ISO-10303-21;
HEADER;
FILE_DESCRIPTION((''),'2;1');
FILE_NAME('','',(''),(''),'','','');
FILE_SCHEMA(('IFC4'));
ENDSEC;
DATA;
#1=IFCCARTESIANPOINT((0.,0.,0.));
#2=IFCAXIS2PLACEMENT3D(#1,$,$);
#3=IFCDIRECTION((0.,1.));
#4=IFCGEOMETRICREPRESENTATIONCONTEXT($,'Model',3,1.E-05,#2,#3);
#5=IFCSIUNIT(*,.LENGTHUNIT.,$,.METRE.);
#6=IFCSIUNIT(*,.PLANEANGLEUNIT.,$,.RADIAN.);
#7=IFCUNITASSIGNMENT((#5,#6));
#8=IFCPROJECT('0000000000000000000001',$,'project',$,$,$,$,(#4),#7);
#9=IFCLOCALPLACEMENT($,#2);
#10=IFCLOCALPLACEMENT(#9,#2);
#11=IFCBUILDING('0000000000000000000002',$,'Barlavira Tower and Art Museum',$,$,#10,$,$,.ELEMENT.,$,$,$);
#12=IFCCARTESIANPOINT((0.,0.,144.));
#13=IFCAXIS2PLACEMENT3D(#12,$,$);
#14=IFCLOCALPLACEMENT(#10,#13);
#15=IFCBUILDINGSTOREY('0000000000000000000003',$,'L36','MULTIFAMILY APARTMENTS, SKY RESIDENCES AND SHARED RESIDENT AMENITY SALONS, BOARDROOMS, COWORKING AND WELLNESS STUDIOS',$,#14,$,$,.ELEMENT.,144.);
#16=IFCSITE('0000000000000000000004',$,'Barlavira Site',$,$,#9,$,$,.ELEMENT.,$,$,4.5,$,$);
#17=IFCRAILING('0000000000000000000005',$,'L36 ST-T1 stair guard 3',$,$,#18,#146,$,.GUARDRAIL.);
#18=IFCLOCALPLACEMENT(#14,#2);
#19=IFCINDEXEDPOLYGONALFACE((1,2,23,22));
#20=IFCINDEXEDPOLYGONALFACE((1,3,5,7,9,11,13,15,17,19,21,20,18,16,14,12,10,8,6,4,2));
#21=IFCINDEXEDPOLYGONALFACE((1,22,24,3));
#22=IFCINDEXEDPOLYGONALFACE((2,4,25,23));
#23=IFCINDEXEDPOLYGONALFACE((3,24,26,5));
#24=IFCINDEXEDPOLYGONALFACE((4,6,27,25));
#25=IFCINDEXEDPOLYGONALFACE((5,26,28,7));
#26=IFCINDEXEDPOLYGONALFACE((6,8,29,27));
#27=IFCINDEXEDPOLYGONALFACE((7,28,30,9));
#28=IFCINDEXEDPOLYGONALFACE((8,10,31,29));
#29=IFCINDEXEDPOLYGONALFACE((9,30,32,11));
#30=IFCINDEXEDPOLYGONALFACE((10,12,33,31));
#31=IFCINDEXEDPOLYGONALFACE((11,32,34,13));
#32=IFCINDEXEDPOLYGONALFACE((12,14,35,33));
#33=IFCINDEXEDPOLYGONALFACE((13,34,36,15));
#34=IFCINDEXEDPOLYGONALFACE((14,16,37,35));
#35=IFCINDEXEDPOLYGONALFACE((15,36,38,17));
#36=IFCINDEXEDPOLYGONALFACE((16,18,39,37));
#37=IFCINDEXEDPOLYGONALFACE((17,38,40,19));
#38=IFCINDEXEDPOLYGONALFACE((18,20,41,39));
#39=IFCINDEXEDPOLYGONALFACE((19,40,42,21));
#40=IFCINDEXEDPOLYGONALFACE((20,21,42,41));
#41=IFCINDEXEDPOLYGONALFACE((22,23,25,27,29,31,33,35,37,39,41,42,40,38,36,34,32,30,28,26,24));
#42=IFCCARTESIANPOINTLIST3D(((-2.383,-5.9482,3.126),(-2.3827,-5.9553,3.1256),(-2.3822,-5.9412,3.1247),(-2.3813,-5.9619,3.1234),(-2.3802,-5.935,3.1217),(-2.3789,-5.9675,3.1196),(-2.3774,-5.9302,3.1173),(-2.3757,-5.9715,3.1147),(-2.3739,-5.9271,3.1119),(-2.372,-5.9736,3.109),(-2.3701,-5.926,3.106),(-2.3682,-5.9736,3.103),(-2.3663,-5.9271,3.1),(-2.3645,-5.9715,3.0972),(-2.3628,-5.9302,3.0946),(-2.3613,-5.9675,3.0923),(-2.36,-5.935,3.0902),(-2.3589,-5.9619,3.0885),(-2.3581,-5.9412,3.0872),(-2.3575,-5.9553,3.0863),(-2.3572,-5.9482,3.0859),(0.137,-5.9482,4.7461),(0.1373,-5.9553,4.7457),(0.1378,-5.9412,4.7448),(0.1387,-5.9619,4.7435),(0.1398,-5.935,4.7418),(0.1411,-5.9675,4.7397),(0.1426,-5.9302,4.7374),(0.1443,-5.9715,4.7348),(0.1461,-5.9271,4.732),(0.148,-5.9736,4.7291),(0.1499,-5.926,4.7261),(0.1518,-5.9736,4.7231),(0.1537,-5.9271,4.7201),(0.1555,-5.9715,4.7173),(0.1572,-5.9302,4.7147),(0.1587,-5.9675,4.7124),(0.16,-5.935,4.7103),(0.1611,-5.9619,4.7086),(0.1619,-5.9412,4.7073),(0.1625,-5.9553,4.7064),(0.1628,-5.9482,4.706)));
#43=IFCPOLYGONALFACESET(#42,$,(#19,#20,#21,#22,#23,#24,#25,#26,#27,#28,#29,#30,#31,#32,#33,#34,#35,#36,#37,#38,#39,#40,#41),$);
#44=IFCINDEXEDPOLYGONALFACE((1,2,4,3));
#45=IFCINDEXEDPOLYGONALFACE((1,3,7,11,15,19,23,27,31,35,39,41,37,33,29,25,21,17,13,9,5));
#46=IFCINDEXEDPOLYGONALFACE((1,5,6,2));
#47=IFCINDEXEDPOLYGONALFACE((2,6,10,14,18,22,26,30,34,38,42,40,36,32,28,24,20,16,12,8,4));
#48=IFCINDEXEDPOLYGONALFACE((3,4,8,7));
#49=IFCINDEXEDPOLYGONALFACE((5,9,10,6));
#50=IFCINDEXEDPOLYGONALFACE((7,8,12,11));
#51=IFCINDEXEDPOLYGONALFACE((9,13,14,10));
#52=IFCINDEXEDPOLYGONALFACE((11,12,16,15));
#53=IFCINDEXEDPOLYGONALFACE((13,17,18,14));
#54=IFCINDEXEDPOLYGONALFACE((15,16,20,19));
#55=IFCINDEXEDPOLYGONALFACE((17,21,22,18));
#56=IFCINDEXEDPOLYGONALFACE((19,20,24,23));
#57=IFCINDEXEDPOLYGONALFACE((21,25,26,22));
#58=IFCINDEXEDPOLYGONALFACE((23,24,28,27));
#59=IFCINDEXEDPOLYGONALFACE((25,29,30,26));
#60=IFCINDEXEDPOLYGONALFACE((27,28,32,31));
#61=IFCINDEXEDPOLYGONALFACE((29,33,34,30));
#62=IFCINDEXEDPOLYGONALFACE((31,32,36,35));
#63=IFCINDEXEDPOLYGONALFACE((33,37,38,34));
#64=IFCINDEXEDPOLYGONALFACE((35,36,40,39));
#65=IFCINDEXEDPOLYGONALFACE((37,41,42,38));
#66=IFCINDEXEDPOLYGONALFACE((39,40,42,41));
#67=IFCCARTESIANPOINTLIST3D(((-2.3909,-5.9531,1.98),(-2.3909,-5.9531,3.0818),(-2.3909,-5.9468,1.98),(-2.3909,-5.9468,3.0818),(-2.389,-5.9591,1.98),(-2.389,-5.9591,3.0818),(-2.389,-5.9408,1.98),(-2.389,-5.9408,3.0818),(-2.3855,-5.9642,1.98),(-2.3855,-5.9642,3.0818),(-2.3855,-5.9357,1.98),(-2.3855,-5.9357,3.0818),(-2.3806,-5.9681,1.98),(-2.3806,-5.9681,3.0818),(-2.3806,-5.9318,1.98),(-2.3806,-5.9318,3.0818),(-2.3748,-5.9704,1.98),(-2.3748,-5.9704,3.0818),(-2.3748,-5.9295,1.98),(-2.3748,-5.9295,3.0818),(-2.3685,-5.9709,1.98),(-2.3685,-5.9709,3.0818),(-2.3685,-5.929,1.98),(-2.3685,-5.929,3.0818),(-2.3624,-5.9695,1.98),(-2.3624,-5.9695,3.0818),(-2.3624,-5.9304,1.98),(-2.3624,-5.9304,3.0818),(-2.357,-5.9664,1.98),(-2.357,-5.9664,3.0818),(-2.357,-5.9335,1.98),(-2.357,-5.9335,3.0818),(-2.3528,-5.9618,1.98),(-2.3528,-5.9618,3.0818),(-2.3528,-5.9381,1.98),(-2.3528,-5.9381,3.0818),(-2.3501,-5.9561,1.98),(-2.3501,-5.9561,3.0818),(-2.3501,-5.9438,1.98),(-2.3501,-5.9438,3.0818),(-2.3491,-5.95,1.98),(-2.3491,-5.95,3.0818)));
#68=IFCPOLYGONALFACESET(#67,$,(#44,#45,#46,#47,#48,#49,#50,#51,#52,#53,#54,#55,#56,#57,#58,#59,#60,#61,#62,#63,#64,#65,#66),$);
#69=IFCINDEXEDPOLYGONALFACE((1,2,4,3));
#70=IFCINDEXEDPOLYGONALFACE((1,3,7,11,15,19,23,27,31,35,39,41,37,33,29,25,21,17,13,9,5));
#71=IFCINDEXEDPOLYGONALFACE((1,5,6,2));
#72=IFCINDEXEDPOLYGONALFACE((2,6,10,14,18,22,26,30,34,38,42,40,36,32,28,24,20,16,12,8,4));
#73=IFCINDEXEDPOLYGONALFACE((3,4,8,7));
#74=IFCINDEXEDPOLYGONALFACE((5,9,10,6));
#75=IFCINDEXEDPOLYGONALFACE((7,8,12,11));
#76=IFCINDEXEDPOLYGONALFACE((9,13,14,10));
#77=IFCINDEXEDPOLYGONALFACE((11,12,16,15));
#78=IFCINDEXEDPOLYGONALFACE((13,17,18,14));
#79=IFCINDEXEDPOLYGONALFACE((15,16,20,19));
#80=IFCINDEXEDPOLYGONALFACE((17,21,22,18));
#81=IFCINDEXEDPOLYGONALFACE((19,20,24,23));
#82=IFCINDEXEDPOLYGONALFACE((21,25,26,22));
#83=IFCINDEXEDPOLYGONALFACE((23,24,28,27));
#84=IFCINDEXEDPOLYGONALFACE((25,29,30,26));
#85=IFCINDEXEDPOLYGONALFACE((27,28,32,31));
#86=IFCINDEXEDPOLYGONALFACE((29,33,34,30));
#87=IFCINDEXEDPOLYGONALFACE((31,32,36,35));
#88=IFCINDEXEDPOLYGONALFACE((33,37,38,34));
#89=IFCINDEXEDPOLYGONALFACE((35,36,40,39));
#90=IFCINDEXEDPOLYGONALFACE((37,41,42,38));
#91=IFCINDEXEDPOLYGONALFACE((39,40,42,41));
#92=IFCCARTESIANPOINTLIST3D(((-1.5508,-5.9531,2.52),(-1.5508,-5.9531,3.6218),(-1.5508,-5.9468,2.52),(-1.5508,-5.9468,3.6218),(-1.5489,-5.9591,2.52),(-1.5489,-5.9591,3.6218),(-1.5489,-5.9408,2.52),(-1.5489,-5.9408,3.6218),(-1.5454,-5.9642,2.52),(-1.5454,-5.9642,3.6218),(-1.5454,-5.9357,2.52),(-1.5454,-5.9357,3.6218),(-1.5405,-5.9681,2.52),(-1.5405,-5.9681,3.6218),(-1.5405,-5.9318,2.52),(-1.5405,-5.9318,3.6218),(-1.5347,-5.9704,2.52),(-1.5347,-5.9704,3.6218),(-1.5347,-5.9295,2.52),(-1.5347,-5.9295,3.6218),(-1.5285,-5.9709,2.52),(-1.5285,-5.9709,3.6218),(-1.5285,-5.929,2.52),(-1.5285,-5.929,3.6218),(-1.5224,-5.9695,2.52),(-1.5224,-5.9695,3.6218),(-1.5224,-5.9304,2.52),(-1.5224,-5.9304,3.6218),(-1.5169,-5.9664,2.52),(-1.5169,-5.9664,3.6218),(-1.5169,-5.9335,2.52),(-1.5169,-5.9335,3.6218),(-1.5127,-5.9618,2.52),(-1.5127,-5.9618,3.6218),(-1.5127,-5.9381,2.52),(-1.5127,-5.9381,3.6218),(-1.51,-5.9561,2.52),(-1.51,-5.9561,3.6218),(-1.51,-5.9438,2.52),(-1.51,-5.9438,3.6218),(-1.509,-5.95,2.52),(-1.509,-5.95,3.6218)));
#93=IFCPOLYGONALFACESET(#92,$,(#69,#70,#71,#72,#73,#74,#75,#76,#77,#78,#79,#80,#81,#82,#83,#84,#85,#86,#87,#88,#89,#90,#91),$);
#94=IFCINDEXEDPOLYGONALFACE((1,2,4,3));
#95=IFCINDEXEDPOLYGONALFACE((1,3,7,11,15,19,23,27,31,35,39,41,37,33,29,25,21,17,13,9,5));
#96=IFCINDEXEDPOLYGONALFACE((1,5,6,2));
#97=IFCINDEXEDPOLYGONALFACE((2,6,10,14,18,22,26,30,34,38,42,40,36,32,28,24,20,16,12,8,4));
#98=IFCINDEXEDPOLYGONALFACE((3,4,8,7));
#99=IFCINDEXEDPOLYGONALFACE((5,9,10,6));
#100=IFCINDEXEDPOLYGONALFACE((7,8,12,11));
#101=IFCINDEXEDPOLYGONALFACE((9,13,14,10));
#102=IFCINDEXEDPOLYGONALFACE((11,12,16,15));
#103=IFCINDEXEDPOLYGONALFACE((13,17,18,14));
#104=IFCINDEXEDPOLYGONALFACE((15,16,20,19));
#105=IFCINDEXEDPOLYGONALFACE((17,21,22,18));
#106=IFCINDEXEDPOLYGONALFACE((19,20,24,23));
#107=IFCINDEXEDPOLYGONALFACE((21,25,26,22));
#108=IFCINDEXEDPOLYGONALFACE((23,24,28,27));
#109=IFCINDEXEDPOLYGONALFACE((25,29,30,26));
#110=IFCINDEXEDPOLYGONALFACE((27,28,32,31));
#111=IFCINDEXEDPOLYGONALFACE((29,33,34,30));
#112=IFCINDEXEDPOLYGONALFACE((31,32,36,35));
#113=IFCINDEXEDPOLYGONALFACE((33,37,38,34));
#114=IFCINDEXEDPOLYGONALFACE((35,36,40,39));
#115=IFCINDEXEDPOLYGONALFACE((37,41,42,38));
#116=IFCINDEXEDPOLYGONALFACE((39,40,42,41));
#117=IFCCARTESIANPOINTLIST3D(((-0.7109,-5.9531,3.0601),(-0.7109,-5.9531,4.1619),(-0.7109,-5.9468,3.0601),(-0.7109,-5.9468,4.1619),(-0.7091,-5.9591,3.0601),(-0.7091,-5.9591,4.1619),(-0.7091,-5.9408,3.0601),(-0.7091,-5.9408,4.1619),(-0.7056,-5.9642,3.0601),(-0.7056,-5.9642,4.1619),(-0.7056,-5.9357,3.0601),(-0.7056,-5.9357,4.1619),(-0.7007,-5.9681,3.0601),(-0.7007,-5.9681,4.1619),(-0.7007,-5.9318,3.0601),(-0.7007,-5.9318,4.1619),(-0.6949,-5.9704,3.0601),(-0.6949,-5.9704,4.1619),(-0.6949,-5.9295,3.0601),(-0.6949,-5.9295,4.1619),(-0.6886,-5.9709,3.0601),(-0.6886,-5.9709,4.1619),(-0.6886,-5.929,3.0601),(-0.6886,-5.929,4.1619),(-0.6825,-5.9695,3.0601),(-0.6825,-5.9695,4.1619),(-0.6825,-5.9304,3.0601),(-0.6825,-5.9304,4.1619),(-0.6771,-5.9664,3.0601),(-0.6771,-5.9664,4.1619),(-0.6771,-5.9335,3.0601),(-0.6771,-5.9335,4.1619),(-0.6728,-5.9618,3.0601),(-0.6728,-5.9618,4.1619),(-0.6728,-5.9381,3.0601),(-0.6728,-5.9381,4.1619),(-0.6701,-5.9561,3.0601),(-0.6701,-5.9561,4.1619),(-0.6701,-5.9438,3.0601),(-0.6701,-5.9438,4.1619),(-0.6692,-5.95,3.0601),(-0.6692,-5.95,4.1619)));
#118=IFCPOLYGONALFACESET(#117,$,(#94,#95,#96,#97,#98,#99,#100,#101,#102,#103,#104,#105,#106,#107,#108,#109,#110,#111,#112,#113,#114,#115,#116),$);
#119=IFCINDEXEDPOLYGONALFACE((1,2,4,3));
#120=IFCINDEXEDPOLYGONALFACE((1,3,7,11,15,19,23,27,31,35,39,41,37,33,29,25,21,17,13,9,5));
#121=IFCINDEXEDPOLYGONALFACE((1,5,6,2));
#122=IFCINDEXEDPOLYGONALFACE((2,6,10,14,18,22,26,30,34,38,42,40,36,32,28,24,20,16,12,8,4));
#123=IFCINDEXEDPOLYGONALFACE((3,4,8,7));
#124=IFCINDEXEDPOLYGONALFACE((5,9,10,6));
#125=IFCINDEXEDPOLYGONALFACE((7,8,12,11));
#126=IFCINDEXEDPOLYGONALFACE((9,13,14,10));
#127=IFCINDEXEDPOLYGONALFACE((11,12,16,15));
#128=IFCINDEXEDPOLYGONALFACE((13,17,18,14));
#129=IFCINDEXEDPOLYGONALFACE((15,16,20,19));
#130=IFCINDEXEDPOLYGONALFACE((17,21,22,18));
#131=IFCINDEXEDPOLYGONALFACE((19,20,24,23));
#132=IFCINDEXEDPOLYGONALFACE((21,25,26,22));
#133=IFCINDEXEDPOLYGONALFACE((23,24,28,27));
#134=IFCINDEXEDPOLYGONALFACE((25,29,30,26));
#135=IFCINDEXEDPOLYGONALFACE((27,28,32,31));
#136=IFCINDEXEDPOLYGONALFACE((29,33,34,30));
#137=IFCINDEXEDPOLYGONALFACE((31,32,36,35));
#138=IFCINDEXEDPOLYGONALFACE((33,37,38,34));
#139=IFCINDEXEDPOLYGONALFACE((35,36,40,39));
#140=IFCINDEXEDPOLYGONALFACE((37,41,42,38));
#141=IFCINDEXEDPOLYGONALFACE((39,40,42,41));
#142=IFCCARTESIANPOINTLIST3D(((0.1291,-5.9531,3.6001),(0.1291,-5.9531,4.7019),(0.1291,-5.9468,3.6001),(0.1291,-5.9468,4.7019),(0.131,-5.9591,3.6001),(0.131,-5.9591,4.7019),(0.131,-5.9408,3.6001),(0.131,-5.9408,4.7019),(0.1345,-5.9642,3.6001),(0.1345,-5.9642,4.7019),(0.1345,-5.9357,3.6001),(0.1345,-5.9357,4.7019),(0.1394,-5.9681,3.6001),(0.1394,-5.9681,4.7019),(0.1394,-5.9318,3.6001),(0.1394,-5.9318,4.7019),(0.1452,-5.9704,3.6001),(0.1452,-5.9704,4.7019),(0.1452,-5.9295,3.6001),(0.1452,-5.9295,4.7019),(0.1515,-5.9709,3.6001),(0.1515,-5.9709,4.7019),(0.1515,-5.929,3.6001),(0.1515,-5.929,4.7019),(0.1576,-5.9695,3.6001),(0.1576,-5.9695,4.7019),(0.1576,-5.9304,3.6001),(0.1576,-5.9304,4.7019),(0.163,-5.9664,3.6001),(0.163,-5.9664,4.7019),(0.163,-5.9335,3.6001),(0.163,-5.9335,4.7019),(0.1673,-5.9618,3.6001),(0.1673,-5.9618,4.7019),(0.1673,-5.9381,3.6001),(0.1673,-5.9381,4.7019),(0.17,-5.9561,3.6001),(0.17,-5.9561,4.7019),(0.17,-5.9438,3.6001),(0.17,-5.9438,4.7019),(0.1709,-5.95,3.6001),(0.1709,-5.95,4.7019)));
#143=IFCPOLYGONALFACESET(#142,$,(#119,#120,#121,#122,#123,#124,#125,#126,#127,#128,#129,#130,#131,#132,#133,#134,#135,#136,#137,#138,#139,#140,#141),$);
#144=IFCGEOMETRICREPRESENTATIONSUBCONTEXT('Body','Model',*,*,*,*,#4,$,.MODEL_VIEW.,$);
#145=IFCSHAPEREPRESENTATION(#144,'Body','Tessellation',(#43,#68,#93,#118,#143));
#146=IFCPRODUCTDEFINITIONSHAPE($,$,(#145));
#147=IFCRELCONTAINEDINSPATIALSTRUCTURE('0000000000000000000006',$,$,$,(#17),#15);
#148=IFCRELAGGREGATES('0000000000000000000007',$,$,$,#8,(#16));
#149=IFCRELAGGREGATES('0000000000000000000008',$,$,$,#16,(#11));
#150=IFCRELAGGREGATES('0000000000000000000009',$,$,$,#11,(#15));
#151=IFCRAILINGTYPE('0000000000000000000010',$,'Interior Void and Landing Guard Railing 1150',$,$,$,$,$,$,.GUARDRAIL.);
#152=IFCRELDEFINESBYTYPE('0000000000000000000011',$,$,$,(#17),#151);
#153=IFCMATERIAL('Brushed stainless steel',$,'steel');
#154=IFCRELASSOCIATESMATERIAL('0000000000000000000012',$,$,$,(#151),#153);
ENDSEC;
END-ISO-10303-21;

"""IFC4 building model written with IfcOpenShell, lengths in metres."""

from ifc_helpers import new_model, si_unit, direction, frame, origin, origin_2d, place, context, subcontext, project, spatial, circle, extrude, material, type_object, element, save


model = new_model("IFC4")

# Units and contexts
model_context = context("Model", 3, precision=1e-05, world=origin(), true_north=direction((0.0, 1.0)))
body_context = subcontext(model_context, "Body", "Model", "MODEL_VIEW")
ifc_project = project(units=[si_unit("LENGTHUNIT", "METRE"), si_unit("PLANEANGLEUNIT", "RADIAN")], contexts=[model_context])

# Site, building, storey
site_placement = place(None, origin())
site = spatial("IfcSite", under=ifc_project, at=site_placement, Name="Barlavira Site", CompositionType="ELEMENT", RefElevation=4.5)
building_placement = place(site_placement, origin())
building = spatial("IfcBuilding", under=site, at=building_placement, Name="Barlavira Tower and Art Museum", CompositionType="ELEMENT")
storey_placement = place(building_placement, frame((0.0, 0.0, 144.0)))
storey = spatial("IfcBuildingStorey", under=building, at=storey_placement, Name="L36", Description="MULTIFAMILY APARTMENTS, SKY RESIDENCES AND SHARED RESIDENT AMENITY SALONS, BOARDROOMS, COWORKING AND WELLNESS STUDIOS", CompositionType="ELEMENT", Elevation=144.0)

# Shared definitions
ifc_material_1 = material(Name="Brushed stainless steel", Category="steel")

# Railing
railing_type_1 = type_object("IfcRailingType", Name="Interior Void and Landing Guard Railing 1150", PredefinedType="GUARDRAIL", material=ifc_material_1)
railing_1_placement = place(storey_placement, frame((-2.3701, -5.95, 1.98)))
element("IfcRailing", 1, at=railing_1_placement, inside=storey, type_object=railing_type_1, Name="L36 ST-T1 stair guard 3", PredefinedType="GUARDRAIL", context=body_context, shape_type="SweptSolid", body=[
    extrude(circle(Radius=0.0239, at=origin_2d()), frame((0.0, 0.0, 1.126), z_axis=(0.841163, 0.0, 0.540782), x_axis=(0.0, 1.0, 0.0)), (0.0, 0.0, 1.0), 2.9958),
    extrude(circle(Radius=0.021, at=origin_2d()), origin(), (0.0, 0.0, 1.0), 1.1018),
    extrude(circle(Radius=0.021, at=origin_2d()), frame((0.8401, 0.0, 0.54)), (0.0, 0.0, 1.0), 1.1018),
    extrude(circle(Radius=0.021, at=origin_2d()), frame((1.6799, 0.0, 1.0801)), (0.0, 0.0, 1.0), 1.1018),
    extrude(circle(Radius=0.021, at=origin_2d()), frame((2.52, 0.0, 1.6201)), (0.0, 0.0, 1.0), 1.1018),
])

save(model, "model.ifc")
